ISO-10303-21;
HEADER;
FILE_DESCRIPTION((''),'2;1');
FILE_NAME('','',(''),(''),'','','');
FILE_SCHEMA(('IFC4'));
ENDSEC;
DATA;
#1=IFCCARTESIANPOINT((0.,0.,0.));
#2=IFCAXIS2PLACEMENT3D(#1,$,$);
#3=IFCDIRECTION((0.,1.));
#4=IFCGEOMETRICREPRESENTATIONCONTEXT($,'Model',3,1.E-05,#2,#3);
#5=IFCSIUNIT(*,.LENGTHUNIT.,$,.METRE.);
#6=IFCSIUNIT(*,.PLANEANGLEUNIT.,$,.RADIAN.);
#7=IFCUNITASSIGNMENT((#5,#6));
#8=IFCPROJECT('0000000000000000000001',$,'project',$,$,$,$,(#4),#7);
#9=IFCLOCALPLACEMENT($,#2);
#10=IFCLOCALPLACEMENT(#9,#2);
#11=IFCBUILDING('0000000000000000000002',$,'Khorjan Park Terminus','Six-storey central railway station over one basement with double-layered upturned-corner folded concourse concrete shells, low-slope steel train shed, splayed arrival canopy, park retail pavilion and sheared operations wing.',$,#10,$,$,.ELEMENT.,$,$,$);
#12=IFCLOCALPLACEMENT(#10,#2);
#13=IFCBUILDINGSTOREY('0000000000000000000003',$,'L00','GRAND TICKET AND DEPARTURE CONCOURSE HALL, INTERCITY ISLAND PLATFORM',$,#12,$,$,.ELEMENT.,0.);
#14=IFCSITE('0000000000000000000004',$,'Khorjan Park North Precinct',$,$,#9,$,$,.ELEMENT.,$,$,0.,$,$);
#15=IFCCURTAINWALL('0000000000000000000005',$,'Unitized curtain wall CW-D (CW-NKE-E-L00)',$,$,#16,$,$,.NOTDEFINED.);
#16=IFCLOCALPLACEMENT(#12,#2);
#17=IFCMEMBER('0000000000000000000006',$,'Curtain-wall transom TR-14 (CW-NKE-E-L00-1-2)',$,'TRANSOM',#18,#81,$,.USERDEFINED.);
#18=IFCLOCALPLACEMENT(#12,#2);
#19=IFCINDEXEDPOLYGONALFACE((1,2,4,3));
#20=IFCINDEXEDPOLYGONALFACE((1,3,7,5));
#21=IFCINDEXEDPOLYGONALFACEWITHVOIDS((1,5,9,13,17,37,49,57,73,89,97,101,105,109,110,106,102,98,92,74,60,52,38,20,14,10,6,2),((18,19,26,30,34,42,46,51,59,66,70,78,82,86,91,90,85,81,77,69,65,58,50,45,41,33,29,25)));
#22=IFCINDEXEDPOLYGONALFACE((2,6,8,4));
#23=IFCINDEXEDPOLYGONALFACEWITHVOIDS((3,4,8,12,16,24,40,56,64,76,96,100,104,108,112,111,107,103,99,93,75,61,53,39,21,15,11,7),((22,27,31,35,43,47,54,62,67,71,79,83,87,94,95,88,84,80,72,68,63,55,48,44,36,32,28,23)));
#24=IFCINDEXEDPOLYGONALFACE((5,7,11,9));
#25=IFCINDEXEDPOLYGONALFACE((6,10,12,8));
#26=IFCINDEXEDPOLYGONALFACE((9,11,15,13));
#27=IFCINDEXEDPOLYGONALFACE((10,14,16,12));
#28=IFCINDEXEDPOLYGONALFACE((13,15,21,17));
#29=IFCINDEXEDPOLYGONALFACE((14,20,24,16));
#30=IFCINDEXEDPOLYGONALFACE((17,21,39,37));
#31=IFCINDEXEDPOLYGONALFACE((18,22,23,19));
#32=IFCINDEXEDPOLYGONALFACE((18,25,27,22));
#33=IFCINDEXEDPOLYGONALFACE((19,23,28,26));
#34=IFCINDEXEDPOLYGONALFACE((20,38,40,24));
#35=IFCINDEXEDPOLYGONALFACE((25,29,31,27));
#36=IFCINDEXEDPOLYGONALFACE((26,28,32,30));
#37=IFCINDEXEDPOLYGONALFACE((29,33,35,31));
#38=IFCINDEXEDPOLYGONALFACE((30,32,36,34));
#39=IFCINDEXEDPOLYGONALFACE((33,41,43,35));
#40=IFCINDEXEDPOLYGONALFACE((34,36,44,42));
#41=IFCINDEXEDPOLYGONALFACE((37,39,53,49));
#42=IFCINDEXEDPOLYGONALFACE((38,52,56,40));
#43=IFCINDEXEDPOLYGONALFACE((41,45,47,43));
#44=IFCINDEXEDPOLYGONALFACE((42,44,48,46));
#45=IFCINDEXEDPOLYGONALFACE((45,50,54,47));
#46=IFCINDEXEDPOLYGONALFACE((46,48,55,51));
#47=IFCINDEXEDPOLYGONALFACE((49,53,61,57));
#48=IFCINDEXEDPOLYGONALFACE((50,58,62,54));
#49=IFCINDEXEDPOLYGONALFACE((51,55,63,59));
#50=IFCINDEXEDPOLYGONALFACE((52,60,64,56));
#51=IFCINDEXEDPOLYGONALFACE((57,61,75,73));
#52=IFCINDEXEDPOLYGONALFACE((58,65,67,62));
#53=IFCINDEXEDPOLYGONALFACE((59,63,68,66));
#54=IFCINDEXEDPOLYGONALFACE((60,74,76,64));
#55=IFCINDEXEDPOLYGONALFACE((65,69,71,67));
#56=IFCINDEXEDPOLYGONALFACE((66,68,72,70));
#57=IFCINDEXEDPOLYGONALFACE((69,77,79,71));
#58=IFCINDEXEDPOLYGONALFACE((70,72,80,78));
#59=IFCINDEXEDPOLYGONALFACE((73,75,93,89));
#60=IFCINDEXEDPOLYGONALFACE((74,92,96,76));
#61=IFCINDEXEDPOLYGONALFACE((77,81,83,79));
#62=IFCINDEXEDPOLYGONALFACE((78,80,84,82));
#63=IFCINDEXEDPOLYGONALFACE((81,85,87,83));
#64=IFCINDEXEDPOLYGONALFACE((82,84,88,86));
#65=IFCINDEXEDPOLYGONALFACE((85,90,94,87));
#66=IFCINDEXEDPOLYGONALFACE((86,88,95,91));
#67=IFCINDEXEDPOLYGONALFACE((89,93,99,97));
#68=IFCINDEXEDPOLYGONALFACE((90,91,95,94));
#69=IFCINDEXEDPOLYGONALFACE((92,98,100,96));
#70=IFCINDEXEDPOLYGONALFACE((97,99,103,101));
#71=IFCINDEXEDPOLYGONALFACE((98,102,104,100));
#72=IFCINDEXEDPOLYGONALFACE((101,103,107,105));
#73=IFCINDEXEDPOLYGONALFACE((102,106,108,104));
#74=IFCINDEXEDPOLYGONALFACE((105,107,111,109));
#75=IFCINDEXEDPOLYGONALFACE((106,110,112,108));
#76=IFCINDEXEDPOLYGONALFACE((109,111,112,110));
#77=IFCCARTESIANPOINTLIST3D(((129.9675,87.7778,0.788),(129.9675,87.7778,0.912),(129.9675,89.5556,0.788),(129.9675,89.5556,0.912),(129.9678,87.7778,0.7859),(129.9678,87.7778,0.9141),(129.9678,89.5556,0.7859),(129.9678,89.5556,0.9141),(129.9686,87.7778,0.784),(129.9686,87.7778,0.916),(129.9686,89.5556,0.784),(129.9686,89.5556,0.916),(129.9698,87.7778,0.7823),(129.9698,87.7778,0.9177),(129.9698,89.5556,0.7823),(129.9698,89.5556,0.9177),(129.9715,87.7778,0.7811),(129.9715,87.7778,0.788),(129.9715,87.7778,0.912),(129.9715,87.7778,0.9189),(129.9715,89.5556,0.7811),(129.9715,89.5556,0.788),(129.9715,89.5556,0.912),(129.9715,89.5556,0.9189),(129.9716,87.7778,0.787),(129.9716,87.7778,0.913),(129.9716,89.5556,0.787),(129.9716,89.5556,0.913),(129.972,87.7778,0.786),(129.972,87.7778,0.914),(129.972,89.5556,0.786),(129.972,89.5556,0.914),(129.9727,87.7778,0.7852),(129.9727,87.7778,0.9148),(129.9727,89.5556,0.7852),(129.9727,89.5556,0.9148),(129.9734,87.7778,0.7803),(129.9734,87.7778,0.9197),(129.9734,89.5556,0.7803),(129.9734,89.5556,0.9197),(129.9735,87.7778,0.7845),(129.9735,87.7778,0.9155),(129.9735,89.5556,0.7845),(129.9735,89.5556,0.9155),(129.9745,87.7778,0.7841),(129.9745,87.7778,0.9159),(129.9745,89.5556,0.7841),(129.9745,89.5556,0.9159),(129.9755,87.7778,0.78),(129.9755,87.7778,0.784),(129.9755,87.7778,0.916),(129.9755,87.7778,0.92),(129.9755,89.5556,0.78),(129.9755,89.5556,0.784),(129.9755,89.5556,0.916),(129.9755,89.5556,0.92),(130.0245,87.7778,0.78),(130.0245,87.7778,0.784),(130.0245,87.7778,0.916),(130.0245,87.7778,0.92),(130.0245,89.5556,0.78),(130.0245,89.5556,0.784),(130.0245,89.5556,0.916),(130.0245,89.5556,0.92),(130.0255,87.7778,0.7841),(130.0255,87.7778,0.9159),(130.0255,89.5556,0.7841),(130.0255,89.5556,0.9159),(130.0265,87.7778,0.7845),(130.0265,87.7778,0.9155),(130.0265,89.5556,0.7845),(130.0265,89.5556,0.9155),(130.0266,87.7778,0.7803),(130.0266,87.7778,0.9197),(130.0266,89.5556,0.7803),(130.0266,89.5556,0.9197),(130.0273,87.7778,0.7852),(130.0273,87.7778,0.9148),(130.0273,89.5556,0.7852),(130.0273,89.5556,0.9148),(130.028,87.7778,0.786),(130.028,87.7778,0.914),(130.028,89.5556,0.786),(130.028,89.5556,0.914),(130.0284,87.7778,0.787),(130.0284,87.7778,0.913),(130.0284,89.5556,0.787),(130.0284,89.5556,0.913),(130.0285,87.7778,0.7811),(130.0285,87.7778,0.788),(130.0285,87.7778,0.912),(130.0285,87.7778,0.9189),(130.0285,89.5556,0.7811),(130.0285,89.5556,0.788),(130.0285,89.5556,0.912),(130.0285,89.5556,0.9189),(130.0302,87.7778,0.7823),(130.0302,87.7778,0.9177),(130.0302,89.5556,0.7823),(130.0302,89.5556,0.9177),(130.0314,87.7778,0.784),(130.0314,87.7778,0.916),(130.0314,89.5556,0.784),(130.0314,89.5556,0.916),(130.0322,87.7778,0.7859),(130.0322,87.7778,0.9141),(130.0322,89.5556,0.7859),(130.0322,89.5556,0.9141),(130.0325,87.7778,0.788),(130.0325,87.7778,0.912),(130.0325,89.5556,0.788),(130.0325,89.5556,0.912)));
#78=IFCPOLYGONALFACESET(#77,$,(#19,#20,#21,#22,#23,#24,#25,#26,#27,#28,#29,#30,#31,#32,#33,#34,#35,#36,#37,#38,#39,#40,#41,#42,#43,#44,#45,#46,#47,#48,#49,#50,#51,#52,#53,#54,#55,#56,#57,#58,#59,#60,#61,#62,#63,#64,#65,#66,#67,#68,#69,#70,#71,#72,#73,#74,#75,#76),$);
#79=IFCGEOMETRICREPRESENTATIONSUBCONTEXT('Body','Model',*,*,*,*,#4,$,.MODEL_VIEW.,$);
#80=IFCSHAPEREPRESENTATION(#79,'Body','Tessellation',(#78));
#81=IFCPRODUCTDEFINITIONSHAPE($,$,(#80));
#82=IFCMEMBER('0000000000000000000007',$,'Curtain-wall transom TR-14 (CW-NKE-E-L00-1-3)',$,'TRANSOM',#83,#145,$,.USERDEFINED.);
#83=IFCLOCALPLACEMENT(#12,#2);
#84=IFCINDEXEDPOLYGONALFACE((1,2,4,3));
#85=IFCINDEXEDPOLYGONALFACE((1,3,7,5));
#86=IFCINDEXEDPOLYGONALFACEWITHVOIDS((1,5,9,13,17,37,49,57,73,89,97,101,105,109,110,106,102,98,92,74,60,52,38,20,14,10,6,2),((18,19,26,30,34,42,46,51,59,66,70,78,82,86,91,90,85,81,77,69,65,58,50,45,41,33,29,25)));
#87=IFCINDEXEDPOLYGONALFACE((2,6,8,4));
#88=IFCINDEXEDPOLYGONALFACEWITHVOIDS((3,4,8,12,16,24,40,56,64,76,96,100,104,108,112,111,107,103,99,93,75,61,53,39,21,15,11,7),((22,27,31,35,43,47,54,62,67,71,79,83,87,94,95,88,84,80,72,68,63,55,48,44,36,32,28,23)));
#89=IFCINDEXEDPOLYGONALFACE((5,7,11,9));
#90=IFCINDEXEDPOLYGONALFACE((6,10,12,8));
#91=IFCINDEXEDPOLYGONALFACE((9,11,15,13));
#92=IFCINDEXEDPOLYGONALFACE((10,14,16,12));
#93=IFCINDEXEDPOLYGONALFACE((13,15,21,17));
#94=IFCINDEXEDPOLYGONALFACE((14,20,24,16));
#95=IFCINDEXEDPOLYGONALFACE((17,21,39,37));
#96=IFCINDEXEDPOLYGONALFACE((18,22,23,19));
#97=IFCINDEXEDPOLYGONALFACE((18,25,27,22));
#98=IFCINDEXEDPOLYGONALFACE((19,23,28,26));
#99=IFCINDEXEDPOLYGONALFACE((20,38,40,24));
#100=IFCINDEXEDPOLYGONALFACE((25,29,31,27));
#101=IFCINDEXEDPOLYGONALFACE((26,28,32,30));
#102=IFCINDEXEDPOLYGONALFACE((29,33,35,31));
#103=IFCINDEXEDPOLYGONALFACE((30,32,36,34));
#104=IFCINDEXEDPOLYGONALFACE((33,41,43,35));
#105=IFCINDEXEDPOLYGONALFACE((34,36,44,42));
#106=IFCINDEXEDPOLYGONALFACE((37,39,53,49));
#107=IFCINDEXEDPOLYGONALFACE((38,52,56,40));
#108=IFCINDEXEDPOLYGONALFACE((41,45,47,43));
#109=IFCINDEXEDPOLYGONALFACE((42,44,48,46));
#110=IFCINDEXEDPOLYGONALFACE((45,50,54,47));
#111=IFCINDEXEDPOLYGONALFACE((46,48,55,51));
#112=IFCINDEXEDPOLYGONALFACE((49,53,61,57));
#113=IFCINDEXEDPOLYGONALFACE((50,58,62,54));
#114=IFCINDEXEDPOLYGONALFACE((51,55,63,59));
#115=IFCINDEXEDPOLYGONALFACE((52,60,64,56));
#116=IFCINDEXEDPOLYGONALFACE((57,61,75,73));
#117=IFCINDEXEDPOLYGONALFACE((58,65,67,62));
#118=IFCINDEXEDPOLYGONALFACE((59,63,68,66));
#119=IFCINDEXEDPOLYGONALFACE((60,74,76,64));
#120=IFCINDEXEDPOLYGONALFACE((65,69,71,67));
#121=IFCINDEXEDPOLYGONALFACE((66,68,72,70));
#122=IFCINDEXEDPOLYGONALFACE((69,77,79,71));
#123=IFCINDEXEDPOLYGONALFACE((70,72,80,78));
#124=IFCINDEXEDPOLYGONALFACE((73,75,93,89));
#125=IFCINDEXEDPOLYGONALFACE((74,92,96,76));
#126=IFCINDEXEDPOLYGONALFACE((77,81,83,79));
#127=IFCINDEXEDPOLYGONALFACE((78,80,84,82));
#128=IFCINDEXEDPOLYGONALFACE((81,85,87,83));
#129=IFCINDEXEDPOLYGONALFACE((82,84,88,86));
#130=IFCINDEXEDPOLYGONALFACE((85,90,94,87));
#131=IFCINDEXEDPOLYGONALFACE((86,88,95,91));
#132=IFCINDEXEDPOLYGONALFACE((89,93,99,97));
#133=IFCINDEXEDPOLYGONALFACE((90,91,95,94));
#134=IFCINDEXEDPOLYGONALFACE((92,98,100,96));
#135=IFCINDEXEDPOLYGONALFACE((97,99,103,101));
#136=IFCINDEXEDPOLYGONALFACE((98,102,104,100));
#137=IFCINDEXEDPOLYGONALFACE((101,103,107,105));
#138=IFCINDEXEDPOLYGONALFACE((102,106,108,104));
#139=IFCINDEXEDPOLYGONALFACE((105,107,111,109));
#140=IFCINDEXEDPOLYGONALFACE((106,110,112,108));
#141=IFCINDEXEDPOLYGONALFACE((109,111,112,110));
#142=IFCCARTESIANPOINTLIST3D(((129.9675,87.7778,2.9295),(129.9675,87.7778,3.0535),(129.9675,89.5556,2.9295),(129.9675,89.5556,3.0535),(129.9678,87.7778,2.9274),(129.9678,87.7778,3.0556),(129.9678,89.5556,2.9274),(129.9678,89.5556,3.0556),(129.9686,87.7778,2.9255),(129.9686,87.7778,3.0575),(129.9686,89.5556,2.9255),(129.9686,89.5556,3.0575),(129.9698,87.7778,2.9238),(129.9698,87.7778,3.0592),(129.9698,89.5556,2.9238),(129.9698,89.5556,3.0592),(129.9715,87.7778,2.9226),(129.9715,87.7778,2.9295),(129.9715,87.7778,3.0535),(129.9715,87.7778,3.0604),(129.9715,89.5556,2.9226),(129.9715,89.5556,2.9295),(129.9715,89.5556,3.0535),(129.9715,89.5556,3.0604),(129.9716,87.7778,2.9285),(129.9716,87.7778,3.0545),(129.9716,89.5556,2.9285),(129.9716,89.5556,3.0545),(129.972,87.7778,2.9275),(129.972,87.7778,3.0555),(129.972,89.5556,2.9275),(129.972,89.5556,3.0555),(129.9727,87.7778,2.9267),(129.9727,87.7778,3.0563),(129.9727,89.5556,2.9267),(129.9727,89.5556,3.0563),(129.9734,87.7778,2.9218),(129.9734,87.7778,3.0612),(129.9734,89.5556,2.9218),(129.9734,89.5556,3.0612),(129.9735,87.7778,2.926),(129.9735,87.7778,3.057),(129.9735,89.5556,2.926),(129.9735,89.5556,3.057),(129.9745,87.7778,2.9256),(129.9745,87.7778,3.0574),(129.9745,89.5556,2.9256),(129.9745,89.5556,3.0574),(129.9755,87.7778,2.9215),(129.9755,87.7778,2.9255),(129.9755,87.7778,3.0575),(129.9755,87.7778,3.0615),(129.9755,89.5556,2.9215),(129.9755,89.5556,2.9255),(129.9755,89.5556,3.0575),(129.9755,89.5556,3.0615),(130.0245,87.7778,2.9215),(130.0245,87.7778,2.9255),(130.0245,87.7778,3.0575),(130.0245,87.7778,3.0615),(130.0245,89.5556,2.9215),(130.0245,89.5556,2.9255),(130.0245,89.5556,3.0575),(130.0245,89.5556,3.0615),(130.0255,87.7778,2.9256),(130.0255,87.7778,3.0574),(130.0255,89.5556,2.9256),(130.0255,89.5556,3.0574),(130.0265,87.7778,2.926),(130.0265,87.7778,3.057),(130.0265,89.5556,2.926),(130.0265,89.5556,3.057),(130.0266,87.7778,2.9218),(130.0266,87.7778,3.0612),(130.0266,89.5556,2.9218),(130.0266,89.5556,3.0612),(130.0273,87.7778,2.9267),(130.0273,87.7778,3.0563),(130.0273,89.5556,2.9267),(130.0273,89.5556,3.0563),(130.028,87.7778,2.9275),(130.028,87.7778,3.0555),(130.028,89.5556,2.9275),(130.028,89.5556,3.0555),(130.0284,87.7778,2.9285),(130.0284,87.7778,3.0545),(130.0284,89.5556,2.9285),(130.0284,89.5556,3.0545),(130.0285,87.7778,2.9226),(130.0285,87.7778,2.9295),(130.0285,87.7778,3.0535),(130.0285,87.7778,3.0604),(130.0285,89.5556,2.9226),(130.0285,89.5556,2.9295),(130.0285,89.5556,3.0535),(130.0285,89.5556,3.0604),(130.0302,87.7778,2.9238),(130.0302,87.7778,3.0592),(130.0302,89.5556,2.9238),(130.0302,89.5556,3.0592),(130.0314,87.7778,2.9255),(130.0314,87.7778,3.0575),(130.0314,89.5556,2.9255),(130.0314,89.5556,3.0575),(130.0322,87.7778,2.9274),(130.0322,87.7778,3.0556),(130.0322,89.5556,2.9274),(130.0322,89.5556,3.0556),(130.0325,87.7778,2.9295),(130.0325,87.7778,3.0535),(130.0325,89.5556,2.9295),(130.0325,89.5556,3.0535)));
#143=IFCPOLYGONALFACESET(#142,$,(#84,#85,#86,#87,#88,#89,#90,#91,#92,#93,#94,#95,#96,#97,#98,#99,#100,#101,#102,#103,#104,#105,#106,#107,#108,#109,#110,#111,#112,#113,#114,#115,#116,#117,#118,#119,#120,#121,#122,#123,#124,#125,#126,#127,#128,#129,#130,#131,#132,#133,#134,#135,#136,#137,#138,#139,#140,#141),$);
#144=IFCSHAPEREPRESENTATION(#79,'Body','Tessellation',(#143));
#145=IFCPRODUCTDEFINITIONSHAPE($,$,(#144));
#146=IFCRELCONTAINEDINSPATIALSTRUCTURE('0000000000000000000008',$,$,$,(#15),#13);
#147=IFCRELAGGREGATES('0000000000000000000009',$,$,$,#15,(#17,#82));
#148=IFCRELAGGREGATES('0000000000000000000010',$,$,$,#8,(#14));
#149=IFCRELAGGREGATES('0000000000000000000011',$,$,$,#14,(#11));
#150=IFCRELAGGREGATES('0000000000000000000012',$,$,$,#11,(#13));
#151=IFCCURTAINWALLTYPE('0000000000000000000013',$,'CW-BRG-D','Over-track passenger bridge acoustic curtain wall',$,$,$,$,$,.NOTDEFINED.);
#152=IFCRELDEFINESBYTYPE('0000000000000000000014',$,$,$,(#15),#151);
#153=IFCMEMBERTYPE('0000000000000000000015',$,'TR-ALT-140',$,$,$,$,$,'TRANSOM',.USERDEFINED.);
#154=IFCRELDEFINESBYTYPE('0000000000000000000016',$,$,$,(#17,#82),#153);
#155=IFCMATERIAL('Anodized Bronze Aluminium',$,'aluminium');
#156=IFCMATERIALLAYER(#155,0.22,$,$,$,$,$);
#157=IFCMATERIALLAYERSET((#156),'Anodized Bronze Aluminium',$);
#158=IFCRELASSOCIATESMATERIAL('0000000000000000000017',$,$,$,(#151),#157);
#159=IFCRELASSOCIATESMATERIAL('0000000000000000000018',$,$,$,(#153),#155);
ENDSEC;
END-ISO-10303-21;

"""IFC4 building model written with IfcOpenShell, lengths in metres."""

from ifc_helpers import new_model, si_unit, direction, frame, origin, origin_2d, place, context, subcontext, project, spatial, hollow_rectangle, extrude, material, layer, layer_set, material_profile, profile_set, type_object, element, aggregate, save


model = new_model("IFC4")

# Units and contexts
model_context = context("Model", 3, precision=1e-05, world=origin(), true_north=direction((0.0, 1.0)))
body_context = subcontext(model_context, "Body", "Model", "MODEL_VIEW")
ifc_project = project(units=[si_unit("LENGTHUNIT", "METRE"), si_unit("PLANEANGLEUNIT", "RADIAN")], contexts=[model_context])

# Site, building, storey
site_placement = place(None, origin())
site = spatial("IfcSite", under=ifc_project, at=site_placement, Name="Khorjan Park North Precinct", CompositionType="ELEMENT", RefElevation=0.0)
building_placement = place(site_placement, origin())
building = spatial("IfcBuilding", under=site, at=building_placement, Name="Khorjan Park Terminus", Description="Six-storey central railway station over one basement with double-layered upturned-corner folded concourse concrete shells, low-slope steel train shed, splayed arrival canopy, park retail pavilion and sheared operations wing.", CompositionType="ELEMENT")
storey_placement = place(building_placement, origin())
storey = spatial("IfcBuildingStorey", under=building, at=storey_placement, Name="L00", Description="GRAND TICKET AND DEPARTURE CONCOURSE HALL, INTERCITY ISLAND PLATFORM", CompositionType="ELEMENT", Elevation=0.0)

# Curtain wall, members
ifc_material_1 = material(Name="Anodized Bronze Aluminium", Category="aluminium")
ifc_layer_1 = layer(ifc_material_1, 0.22)
ifc_layer_set_1 = layer_set([ifc_layer_1], Name="Anodized Bronze Aluminium")
curtain_wall_type = type_object("IfcCurtainWallType", Name="CW-BRG-D", Description="Over-track passenger bridge acoustic curtain wall", PredefinedType="NOTDEFINED", material=ifc_layer_set_1)
curtain_wall_1_placement = place(storey_placement, origin())
curtain_wall_1 = element("IfcCurtainWall", 1, at=curtain_wall_1_placement, inside=storey, type_object=curtain_wall_type, Name="Unitized curtain wall CW-D (CW-NKE-E-L00)", PredefinedType="NOTDEFINED")
ifc_material_profile_1 = material_profile(ifc_material_1, hollow_rectangle(XDim=0.065, YDim=0.14, WallThickness=0.004, InnerFilletRadius=0.004, OuterFilletRadius=0.008, at=origin_2d()), Name="ALT 65x140x4")
ifc_profile_set_1 = profile_set([ifc_material_profile_1], Name="Anodized Bronze Aluminium")
member_type_1 = type_object("IfcMemberType", Name="TR-ALT-140", ElementType="TRANSOM", PredefinedType="USERDEFINED", material=ifc_profile_set_1)
member_1_placement = place(storey_placement, frame((130.0, 87.7778, 0.85), z_axis=(0.0, 1.0, 0.0), x_axis=(-1.0, 0.0, 0.0)))
member_1 = element("IfcMember", 2, at=member_1_placement, type_object=member_type_1, Name="Curtain-wall transom TR-14 (CW-NKE-E-L00-1-2)", ObjectType="TRANSOM", PredefinedType="USERDEFINED", context=body_context, shape_type="SweptSolid", body=[
    extrude(hollow_rectangle(XDim=0.065, YDim=0.14, WallThickness=0.004, InnerFilletRadius=0.004, OuterFilletRadius=0.008, at=origin_2d()), origin(), (0.0, 0.0, 1.0), 1.7778),
])
member_2_placement = place(storey_placement, frame((130.0, 87.7778, 2.9915), z_axis=(0.0, 1.0, 0.0), x_axis=(-1.0, 0.0, 0.0)))
member_2 = element("IfcMember", 3, at=member_2_placement, type_object=member_type_1, Name="Curtain-wall transom TR-14 (CW-NKE-E-L00-1-3)", ObjectType="TRANSOM", PredefinedType="USERDEFINED", context=body_context, shape_type="SweptSolid", body=[
    extrude(hollow_rectangle(XDim=0.065, YDim=0.14, WallThickness=0.004, InnerFilletRadius=0.004, OuterFilletRadius=0.008, at=origin_2d()), origin(), (0.0, 0.0, 1.0), 1.7778),
])

aggregate(curtain_wall_1, [member_1, member_2])

save(model, "model.ifc")
